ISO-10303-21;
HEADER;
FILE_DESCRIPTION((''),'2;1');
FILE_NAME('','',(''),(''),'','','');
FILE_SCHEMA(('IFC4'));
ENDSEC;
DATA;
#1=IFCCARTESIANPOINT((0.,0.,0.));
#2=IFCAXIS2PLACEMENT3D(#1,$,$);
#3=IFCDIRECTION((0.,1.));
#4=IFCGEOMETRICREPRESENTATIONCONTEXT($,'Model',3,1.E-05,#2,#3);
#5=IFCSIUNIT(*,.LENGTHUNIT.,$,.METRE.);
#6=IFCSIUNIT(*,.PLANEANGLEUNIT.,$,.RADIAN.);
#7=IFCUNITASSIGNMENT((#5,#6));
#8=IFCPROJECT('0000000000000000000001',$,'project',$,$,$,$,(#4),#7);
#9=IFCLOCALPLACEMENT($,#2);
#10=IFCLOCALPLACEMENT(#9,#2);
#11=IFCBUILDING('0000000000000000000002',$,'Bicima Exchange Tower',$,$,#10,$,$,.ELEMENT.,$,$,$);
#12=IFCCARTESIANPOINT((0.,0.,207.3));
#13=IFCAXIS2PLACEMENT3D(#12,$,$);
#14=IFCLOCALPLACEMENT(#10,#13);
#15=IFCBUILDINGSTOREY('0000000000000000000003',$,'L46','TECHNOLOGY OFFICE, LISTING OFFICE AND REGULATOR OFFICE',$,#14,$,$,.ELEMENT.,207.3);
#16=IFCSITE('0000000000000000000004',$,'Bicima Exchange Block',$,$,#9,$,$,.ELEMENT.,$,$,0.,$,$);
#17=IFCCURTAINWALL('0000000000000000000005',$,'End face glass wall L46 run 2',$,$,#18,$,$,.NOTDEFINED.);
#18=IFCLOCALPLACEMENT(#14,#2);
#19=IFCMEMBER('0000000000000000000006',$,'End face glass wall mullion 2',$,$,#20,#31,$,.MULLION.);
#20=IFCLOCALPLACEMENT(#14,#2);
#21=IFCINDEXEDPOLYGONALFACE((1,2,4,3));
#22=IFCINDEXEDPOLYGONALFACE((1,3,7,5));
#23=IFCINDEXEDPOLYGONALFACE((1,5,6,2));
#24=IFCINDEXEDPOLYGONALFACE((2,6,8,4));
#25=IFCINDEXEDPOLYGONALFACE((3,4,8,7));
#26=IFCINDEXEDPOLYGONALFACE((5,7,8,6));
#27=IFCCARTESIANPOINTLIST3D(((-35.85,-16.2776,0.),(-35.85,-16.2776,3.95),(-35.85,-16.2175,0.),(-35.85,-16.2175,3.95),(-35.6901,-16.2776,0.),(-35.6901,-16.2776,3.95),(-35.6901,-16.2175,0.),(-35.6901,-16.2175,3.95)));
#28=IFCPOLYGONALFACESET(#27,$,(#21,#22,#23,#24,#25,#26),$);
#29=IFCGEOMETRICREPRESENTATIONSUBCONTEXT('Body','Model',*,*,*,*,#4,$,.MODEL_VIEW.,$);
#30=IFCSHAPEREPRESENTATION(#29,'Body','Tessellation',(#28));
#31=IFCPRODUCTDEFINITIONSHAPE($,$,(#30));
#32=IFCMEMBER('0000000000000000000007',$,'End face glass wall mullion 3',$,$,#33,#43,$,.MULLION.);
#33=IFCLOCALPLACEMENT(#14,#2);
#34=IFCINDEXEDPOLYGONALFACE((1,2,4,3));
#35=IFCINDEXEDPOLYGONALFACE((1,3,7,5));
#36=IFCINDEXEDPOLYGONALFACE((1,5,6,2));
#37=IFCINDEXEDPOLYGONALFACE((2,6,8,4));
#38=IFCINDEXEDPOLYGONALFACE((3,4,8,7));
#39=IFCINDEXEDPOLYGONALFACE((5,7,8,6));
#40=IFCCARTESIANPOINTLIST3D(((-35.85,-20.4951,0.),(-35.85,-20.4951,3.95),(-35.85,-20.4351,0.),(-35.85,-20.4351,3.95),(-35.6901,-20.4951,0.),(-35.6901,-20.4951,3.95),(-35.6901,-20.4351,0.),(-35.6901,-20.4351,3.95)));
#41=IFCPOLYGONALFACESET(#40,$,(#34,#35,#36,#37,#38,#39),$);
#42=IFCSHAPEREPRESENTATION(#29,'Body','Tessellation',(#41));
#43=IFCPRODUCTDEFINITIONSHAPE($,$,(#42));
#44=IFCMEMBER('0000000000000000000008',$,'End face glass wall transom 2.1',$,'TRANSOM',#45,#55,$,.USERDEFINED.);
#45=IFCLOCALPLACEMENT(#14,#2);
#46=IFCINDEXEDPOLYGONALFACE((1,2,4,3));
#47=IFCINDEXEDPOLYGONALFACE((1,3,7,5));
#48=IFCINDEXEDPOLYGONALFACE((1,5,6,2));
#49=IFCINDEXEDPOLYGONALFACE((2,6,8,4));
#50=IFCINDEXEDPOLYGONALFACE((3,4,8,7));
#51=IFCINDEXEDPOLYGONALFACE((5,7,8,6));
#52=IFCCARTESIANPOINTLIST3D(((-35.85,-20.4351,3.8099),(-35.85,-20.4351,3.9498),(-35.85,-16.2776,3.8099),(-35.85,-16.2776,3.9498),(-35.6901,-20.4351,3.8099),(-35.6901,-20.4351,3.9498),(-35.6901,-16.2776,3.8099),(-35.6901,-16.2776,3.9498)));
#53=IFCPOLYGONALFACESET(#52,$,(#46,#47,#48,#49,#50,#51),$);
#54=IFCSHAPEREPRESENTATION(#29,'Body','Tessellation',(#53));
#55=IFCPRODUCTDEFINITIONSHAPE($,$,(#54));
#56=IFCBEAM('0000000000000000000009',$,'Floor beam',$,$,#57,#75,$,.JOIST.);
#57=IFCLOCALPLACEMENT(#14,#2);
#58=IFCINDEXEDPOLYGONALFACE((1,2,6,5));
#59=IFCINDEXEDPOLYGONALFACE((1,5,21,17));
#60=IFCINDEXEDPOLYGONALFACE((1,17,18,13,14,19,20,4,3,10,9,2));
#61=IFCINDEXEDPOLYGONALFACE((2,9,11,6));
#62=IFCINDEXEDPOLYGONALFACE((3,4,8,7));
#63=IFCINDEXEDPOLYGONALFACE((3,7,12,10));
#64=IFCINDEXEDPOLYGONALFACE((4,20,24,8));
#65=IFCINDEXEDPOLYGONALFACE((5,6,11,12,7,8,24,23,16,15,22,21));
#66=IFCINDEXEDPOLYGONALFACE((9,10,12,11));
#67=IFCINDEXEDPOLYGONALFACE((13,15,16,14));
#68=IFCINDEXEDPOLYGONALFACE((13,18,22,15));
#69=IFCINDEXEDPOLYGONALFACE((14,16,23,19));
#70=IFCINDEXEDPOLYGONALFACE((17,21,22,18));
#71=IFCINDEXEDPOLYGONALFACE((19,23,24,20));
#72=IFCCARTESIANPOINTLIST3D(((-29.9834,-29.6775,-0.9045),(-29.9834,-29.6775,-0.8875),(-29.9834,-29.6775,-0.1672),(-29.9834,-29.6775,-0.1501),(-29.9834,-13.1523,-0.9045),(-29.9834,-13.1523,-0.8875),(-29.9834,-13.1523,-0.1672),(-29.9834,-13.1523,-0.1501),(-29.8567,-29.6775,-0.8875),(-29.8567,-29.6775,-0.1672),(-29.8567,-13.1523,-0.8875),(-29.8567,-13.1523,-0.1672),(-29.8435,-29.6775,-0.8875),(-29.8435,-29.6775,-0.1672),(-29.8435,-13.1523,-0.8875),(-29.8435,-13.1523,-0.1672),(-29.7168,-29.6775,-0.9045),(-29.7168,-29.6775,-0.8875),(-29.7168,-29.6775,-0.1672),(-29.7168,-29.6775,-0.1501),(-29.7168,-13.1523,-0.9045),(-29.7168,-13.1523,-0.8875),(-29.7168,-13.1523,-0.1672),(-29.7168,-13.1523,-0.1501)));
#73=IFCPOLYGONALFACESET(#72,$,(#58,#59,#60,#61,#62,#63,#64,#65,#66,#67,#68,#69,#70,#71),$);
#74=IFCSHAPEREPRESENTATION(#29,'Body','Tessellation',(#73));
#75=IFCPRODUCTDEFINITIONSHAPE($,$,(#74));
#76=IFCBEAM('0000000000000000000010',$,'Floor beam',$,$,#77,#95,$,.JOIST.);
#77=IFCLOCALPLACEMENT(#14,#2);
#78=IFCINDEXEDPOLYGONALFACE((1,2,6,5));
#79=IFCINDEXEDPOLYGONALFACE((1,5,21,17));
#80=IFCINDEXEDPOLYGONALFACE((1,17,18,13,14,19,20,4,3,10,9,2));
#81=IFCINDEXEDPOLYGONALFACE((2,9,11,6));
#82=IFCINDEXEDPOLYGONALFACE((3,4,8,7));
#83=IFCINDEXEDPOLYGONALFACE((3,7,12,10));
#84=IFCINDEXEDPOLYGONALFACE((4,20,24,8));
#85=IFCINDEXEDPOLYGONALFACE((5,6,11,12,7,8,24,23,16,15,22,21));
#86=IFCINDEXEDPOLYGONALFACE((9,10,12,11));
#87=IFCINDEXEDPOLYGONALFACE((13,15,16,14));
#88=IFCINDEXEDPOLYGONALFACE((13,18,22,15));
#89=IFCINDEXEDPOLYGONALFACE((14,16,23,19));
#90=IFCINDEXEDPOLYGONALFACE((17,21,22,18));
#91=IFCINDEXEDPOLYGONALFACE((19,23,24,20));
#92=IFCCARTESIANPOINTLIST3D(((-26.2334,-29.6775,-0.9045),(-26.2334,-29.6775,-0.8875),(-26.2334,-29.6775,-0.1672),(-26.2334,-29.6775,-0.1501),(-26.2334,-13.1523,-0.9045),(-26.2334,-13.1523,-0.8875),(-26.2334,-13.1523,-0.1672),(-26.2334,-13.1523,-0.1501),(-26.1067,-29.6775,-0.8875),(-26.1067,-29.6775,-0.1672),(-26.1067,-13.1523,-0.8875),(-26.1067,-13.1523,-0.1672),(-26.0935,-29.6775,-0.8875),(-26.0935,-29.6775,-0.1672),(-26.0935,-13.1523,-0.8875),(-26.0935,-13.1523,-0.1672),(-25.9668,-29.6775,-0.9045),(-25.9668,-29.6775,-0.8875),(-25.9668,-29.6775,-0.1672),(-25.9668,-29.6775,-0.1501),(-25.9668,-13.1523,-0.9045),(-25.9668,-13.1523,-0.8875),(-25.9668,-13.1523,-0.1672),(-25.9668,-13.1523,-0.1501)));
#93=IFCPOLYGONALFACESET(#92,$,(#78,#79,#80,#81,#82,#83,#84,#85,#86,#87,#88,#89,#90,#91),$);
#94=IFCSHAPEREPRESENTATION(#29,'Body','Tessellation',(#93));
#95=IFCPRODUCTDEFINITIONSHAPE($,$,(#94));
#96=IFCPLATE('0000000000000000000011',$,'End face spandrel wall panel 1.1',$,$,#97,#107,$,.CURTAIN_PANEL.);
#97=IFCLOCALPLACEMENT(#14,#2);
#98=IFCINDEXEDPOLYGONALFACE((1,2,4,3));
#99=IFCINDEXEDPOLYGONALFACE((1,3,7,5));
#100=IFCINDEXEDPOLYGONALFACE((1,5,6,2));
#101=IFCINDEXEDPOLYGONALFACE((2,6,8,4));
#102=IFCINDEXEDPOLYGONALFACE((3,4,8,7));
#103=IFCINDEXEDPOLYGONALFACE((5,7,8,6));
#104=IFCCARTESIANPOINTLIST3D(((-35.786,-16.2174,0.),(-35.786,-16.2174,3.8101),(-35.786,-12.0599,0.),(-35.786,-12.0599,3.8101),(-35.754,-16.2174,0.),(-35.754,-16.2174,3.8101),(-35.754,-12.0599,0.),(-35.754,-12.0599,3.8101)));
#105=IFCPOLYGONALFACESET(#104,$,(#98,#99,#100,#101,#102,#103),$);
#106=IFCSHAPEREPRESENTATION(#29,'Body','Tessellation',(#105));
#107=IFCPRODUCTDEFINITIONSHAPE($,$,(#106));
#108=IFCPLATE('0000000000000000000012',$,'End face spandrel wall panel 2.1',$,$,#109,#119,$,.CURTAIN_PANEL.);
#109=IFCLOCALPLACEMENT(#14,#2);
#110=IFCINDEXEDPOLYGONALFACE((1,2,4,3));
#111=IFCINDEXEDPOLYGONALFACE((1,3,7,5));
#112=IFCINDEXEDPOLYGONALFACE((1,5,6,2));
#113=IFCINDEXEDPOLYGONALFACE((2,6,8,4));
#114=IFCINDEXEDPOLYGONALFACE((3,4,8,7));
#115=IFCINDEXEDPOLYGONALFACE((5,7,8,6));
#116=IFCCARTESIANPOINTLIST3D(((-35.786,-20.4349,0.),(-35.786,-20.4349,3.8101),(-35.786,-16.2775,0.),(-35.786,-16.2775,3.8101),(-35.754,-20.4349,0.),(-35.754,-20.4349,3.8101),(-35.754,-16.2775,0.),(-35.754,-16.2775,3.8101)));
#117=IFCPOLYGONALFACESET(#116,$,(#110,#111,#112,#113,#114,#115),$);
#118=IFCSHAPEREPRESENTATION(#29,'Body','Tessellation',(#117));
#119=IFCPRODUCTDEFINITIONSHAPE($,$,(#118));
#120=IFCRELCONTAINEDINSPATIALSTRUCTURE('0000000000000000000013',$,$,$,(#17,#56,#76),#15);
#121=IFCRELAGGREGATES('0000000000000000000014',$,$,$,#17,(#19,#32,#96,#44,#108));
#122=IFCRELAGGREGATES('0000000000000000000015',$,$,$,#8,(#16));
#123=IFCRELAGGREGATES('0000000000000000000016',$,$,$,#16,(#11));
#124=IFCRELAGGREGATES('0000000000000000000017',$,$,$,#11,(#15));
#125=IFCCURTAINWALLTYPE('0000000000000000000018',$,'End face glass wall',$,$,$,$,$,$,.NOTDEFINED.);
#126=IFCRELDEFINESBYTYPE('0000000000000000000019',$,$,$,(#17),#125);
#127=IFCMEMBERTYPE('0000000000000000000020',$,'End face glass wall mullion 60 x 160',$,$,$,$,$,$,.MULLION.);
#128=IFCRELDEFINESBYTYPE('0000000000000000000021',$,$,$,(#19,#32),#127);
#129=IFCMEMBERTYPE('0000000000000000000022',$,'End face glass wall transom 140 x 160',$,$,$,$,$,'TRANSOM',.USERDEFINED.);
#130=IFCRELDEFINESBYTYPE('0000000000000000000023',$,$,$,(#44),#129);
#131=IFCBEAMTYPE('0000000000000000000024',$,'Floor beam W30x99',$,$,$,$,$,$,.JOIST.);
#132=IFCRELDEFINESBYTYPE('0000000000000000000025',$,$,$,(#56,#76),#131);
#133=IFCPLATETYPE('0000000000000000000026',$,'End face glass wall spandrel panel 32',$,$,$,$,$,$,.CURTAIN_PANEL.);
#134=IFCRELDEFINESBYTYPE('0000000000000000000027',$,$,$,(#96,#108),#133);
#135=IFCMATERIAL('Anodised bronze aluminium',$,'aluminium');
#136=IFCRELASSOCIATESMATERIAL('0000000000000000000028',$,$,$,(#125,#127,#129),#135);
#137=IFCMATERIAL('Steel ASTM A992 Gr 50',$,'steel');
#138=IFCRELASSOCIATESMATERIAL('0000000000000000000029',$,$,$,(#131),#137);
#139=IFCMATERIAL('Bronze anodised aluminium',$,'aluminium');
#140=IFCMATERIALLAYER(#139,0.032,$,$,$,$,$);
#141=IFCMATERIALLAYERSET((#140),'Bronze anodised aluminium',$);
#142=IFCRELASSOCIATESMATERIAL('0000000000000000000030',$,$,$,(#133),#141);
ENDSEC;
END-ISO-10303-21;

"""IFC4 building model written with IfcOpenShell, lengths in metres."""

from ifc_helpers import new_model, si_unit, direction, frame, origin, origin_2d, place, context, subcontext, project, spatial, rectangle, i_section, extrude, material, layer, layer_set, material_profile, profile_set, type_object, element, aggregate, save


model = new_model("IFC4")

# Units and contexts
model_context = context("Model", 3, precision=1e-05, world=origin(), true_north=direction((0.0, 1.0)))
body_context = subcontext(model_context, "Body", "Model", "MODEL_VIEW")
ifc_project = project(units=[si_unit("LENGTHUNIT", "METRE"), si_unit("PLANEANGLEUNIT", "RADIAN")], contexts=[model_context])

# Site, building, storey
site_placement = place(None, origin())
site = spatial("IfcSite", under=ifc_project, at=site_placement, Name="Bicima Exchange Block", CompositionType="ELEMENT", RefElevation=0.0)
building_placement = place(site_placement, origin())
building = spatial("IfcBuilding", under=site, at=building_placement, Name="Bicima Exchange Tower", CompositionType="ELEMENT")
storey_placement = place(building_placement, frame((0.0, 0.0, 207.3)))
storey = spatial("IfcBuildingStorey", under=building, at=storey_placement, Name="L46", Description="TECHNOLOGY OFFICE, LISTING OFFICE AND REGULATOR OFFICE", CompositionType="ELEMENT", Elevation=207.3)

# Curtain wall, members
ifc_material_1 = material(Name="Anodised bronze aluminium", Category="aluminium")
curtain_wall_type = type_object("IfcCurtainWallType", Name="End face glass wall", PredefinedType="NOTDEFINED", material=ifc_material_1)
curtain_wall_placement = place(storey_placement, origin())
curtain_wall = element("IfcCurtainWall", 1, at=curtain_wall_placement, inside=storey, type_object=curtain_wall_type, Name="End face glass wall L46 run 2", PredefinedType="NOTDEFINED")
ifc_material_profile_1 = material_profile(ifc_material_1, rectangle(XDim=0.1599, YDim=0.0601, at=origin_2d()))
ifc_profile_set_1 = profile_set([ifc_material_profile_1], Name="Anodised bronze aluminium")
member_type_1 = type_object("IfcMemberType", Name="End face glass wall mullion 60 x 160", PredefinedType="MULLION", material=ifc_profile_set_1)
member_1_placement = place(storey_placement, frame((-35.77, -16.2476, 0.0), z_axis=(0.0, 0.0, 1.0), x_axis=(1.0, 0.0, 0.0)))
member_1 = element("IfcMember", 2, at=member_1_placement, type_object=member_type_1, Name="End face glass wall mullion 2", PredefinedType="MULLION", context=body_context, shape_type="SweptSolid", body=[
    extrude(rectangle(XDim=0.1599, YDim=0.0601, at=origin_2d()), origin(), (0.0, 0.0, 1.0), 3.95),
])
member_2_placement = place(storey_placement, frame((-35.77, -20.4651, 0.0), z_axis=(0.0, 0.0, 1.0), x_axis=(1.0, 0.0, 0.0)))
member_2 = element("IfcMember", 3, at=member_2_placement, type_object=member_type_1, Name="End face glass wall mullion 3", PredefinedType="MULLION", context=body_context, shape_type="SweptSolid", body=[
    extrude(rectangle(XDim=0.1599, YDim=0.0601, at=origin_2d()), origin(), (0.0, 0.0, 1.0), 3.95),
])
ifc_material_profile_2 = material_profile(ifc_material_1, rectangle(XDim=0.1599, YDim=0.1399, at=origin_2d()))
ifc_profile_set_2 = profile_set([ifc_material_profile_2], Name="Anodised bronze aluminium")
member_type_2 = type_object("IfcMemberType", Name="End face glass wall transom 140 x 160", ElementType="TRANSOM", PredefinedType="USERDEFINED", material=ifc_profile_set_2)
member_3_placement = place(storey_placement, frame((-35.77, -16.2776, 3.8799), z_axis=(0.0, -1.0, 0.0), x_axis=(1.0, 0.0, 0.0)))
member_3 = element("IfcMember", 4, at=member_3_placement, type_object=member_type_2, Name="End face glass wall transom 2.1", ObjectType="TRANSOM", PredefinedType="USERDEFINED", context=body_context, shape_type="SweptSolid", body=[
    extrude(rectangle(XDim=0.1599, YDim=0.1399, at=origin_2d()), origin(), (0.0, 0.0, 1.0), 4.1575),
])

# Beams
ifc_material_2 = material(Name="Steel ASTM A992 Gr 50", Category="steel")
ifc_material_profile_3 = material_profile(ifc_material_2, i_section(OverallWidth=0.2666, OverallDepth=0.7544, WebThickness=0.0132, FlangeThickness=0.0171, at=origin_2d()))
ifc_profile_set_3 = profile_set([ifc_material_profile_3], Name="Steel ASTM A992 Gr 50")
beam_type = type_object("IfcBeamType", Name="Floor beam W30x99", PredefinedType="JOIST", material=ifc_profile_set_3)
for number, where, z_axis, x_axis, name in (
    (5, (-29.8501, -13.1523, -0.5273), (0.0, -1.0, 0.0), (1.0, 0.0, 0.0), "Floor beam"),
    (6, (-26.1001, -13.1523, -0.5273), (0.0, -1.0, 0.0), (1.0, 0.0, 0.0), "Floor beam"),
):
    element("IfcBeam", number, at=place(storey_placement, frame(where, z_axis=z_axis, x_axis=x_axis)), inside=storey, type_object=beam_type, Name=name, PredefinedType="JOIST", context=body_context, shape_type="SweptSolid", body=[
        extrude(i_section(OverallWidth=0.2666, OverallDepth=0.7544, WebThickness=0.0132, FlangeThickness=0.0171, at=origin_2d()), origin(), (0.0, 0.0, 1.0), 16.5251),
    ])

# Plates
ifc_material_3 = material(Name="Bronze anodised aluminium", Category="aluminium")
ifc_layer_1 = layer(ifc_material_3, 0.032)
ifc_layer_set_1 = layer_set([ifc_layer_1], Name="Bronze anodised aluminium")
plate_type = type_object("IfcPlateType", Name="End face glass wall spandrel panel 32", PredefinedType="CURTAIN_PANEL", material=ifc_layer_set_1)
plate_1_placement = place(storey_placement, frame((-35.77, -14.1387, 0.0), z_axis=(0.0, 0.0, 1.0), x_axis=(0.0, -1.0, 0.0)))
plate_1 = element("IfcPlate", 7, at=plate_1_placement, type_object=plate_type, Name="End face spandrel wall panel 1.1", PredefinedType="CURTAIN_PANEL", context=body_context, shape_type="SweptSolid", body=[
    extrude(rectangle(XDim=4.1575, YDim=0.032, at=origin_2d()), origin(), (0.0, 0.0, 1.0), 3.8101),
])
plate_2_placement = place(storey_placement, frame((-35.77, -18.3562, 0.0), z_axis=(0.0, 0.0, 1.0), x_axis=(0.0, -1.0, 0.0)))
plate_2 = element("IfcPlate", 8, at=plate_2_placement, type_object=plate_type, Name="End face spandrel wall panel 2.1", PredefinedType="CURTAIN_PANEL", context=body_context, shape_type="SweptSolid", body=[
    extrude(rectangle(XDim=4.1575, YDim=0.032, at=origin_2d()), origin(), (0.0, 0.0, 1.0), 3.8101),
])
aggregate(curtain_wall, [member_1, member_2, plate_1, member_3, plate_2])

save(model, "model.ifc")
